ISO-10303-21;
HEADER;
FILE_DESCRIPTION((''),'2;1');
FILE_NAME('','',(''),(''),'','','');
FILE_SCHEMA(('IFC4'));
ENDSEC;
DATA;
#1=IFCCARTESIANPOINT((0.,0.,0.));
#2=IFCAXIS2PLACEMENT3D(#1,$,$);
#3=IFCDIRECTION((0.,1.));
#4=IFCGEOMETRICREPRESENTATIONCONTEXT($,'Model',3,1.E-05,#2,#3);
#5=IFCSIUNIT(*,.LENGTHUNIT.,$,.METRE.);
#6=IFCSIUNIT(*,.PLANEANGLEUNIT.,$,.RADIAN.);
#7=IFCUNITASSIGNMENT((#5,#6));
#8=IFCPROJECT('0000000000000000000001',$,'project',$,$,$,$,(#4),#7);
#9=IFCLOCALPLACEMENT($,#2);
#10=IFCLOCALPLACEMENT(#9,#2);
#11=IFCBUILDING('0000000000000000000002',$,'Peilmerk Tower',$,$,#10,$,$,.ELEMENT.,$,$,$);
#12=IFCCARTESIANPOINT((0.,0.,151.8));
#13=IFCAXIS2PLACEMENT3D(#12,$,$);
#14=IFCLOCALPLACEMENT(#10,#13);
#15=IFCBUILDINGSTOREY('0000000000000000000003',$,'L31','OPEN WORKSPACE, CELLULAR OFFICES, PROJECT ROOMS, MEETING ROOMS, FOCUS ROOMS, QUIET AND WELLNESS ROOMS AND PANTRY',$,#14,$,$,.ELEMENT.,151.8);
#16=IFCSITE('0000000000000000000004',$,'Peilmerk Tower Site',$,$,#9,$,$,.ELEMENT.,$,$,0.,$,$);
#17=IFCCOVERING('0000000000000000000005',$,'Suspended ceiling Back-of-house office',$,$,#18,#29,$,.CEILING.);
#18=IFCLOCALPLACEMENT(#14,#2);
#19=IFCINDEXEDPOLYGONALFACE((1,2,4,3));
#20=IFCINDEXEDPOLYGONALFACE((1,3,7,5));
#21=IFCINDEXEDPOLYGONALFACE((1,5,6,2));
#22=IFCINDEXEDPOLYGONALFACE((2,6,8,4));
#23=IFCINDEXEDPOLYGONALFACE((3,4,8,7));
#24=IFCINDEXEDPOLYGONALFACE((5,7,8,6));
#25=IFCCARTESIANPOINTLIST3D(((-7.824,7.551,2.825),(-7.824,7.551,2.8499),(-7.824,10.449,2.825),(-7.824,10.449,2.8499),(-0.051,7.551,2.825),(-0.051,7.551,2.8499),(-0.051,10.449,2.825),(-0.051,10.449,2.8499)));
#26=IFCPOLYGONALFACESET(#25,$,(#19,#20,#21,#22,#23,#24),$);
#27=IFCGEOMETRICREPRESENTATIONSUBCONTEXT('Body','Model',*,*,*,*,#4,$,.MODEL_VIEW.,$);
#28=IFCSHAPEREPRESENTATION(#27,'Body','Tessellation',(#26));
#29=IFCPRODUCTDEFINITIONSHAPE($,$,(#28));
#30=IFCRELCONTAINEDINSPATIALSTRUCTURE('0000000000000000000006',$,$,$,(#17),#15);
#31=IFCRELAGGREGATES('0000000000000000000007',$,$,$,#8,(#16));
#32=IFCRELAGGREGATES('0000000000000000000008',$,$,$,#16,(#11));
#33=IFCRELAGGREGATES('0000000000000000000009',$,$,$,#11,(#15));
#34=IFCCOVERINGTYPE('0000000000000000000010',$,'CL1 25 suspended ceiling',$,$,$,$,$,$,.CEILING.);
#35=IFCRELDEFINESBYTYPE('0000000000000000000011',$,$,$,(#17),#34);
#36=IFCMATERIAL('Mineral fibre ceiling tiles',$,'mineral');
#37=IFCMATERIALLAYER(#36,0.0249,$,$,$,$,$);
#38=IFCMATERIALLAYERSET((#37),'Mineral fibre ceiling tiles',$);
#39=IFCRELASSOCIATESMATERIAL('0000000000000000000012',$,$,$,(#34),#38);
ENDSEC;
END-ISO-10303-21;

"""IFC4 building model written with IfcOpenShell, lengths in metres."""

from ifc_helpers import new_model, si_unit, direction, frame, origin, place, context, subcontext, project, spatial, polyline, outline, extrude, material, layer, layer_set, type_object, element, save


model = new_model("IFC4")

# Units and contexts
model_context = context("Model", 3, precision=1e-05, world=origin(), true_north=direction((0.0, 1.0)))
body_context = subcontext(model_context, "Body", "Model", "MODEL_VIEW")
ifc_project = project(units=[si_unit("LENGTHUNIT", "METRE"), si_unit("PLANEANGLEUNIT", "RADIAN")], contexts=[model_context])

# Site, building, storey
site_placement = place(None, origin())
site = spatial("IfcSite", under=ifc_project, at=site_placement, Name="Peilmerk Tower Site", CompositionType="ELEMENT", RefElevation=0.0)
building_placement = place(site_placement, origin())
building = spatial("IfcBuilding", under=site, at=building_placement, Name="Peilmerk Tower", CompositionType="ELEMENT")
storey_placement = place(building_placement, frame((0.0, 0.0, 151.8)))
storey = spatial("IfcBuildingStorey", under=building, at=storey_placement, Name="L31", Description="OPEN WORKSPACE, CELLULAR OFFICES, PROJECT ROOMS, MEETING ROOMS, FOCUS ROOMS, QUIET AND WELLNESS ROOMS AND PANTRY", CompositionType="ELEMENT", Elevation=151.8)

# Covering
ifc_material_1 = material(Name="Mineral fibre ceiling tiles", Category="mineral")
ifc_layer_1 = layer(ifc_material_1, 0.0249)
ifc_layer_set_1 = layer_set([ifc_layer_1], Name="Mineral fibre ceiling tiles")
covering_type = type_object("IfcCoveringType", Name="CL1 25 suspended ceiling", PredefinedType="CEILING", material=ifc_layer_set_1)
covering_1_placement = place(storey_placement, frame((0.0, 0.0, 2.825)))
element("IfcCovering", 1, at=covering_1_placement, inside=storey, type_object=covering_type, Name="Suspended ceiling Back-of-house office", PredefinedType="CEILING", context=body_context, shape_type="SweptSolid", body=[
    extrude(outline(polyline([(-7.824, 7.551), (-0.051, 7.551), (-0.051, 10.449), (-7.824, 10.449), (-7.824, 7.551)])), origin(), (0.0, 0.0, 1.0), 0.0249),
])

save(model, "model.ifc")
